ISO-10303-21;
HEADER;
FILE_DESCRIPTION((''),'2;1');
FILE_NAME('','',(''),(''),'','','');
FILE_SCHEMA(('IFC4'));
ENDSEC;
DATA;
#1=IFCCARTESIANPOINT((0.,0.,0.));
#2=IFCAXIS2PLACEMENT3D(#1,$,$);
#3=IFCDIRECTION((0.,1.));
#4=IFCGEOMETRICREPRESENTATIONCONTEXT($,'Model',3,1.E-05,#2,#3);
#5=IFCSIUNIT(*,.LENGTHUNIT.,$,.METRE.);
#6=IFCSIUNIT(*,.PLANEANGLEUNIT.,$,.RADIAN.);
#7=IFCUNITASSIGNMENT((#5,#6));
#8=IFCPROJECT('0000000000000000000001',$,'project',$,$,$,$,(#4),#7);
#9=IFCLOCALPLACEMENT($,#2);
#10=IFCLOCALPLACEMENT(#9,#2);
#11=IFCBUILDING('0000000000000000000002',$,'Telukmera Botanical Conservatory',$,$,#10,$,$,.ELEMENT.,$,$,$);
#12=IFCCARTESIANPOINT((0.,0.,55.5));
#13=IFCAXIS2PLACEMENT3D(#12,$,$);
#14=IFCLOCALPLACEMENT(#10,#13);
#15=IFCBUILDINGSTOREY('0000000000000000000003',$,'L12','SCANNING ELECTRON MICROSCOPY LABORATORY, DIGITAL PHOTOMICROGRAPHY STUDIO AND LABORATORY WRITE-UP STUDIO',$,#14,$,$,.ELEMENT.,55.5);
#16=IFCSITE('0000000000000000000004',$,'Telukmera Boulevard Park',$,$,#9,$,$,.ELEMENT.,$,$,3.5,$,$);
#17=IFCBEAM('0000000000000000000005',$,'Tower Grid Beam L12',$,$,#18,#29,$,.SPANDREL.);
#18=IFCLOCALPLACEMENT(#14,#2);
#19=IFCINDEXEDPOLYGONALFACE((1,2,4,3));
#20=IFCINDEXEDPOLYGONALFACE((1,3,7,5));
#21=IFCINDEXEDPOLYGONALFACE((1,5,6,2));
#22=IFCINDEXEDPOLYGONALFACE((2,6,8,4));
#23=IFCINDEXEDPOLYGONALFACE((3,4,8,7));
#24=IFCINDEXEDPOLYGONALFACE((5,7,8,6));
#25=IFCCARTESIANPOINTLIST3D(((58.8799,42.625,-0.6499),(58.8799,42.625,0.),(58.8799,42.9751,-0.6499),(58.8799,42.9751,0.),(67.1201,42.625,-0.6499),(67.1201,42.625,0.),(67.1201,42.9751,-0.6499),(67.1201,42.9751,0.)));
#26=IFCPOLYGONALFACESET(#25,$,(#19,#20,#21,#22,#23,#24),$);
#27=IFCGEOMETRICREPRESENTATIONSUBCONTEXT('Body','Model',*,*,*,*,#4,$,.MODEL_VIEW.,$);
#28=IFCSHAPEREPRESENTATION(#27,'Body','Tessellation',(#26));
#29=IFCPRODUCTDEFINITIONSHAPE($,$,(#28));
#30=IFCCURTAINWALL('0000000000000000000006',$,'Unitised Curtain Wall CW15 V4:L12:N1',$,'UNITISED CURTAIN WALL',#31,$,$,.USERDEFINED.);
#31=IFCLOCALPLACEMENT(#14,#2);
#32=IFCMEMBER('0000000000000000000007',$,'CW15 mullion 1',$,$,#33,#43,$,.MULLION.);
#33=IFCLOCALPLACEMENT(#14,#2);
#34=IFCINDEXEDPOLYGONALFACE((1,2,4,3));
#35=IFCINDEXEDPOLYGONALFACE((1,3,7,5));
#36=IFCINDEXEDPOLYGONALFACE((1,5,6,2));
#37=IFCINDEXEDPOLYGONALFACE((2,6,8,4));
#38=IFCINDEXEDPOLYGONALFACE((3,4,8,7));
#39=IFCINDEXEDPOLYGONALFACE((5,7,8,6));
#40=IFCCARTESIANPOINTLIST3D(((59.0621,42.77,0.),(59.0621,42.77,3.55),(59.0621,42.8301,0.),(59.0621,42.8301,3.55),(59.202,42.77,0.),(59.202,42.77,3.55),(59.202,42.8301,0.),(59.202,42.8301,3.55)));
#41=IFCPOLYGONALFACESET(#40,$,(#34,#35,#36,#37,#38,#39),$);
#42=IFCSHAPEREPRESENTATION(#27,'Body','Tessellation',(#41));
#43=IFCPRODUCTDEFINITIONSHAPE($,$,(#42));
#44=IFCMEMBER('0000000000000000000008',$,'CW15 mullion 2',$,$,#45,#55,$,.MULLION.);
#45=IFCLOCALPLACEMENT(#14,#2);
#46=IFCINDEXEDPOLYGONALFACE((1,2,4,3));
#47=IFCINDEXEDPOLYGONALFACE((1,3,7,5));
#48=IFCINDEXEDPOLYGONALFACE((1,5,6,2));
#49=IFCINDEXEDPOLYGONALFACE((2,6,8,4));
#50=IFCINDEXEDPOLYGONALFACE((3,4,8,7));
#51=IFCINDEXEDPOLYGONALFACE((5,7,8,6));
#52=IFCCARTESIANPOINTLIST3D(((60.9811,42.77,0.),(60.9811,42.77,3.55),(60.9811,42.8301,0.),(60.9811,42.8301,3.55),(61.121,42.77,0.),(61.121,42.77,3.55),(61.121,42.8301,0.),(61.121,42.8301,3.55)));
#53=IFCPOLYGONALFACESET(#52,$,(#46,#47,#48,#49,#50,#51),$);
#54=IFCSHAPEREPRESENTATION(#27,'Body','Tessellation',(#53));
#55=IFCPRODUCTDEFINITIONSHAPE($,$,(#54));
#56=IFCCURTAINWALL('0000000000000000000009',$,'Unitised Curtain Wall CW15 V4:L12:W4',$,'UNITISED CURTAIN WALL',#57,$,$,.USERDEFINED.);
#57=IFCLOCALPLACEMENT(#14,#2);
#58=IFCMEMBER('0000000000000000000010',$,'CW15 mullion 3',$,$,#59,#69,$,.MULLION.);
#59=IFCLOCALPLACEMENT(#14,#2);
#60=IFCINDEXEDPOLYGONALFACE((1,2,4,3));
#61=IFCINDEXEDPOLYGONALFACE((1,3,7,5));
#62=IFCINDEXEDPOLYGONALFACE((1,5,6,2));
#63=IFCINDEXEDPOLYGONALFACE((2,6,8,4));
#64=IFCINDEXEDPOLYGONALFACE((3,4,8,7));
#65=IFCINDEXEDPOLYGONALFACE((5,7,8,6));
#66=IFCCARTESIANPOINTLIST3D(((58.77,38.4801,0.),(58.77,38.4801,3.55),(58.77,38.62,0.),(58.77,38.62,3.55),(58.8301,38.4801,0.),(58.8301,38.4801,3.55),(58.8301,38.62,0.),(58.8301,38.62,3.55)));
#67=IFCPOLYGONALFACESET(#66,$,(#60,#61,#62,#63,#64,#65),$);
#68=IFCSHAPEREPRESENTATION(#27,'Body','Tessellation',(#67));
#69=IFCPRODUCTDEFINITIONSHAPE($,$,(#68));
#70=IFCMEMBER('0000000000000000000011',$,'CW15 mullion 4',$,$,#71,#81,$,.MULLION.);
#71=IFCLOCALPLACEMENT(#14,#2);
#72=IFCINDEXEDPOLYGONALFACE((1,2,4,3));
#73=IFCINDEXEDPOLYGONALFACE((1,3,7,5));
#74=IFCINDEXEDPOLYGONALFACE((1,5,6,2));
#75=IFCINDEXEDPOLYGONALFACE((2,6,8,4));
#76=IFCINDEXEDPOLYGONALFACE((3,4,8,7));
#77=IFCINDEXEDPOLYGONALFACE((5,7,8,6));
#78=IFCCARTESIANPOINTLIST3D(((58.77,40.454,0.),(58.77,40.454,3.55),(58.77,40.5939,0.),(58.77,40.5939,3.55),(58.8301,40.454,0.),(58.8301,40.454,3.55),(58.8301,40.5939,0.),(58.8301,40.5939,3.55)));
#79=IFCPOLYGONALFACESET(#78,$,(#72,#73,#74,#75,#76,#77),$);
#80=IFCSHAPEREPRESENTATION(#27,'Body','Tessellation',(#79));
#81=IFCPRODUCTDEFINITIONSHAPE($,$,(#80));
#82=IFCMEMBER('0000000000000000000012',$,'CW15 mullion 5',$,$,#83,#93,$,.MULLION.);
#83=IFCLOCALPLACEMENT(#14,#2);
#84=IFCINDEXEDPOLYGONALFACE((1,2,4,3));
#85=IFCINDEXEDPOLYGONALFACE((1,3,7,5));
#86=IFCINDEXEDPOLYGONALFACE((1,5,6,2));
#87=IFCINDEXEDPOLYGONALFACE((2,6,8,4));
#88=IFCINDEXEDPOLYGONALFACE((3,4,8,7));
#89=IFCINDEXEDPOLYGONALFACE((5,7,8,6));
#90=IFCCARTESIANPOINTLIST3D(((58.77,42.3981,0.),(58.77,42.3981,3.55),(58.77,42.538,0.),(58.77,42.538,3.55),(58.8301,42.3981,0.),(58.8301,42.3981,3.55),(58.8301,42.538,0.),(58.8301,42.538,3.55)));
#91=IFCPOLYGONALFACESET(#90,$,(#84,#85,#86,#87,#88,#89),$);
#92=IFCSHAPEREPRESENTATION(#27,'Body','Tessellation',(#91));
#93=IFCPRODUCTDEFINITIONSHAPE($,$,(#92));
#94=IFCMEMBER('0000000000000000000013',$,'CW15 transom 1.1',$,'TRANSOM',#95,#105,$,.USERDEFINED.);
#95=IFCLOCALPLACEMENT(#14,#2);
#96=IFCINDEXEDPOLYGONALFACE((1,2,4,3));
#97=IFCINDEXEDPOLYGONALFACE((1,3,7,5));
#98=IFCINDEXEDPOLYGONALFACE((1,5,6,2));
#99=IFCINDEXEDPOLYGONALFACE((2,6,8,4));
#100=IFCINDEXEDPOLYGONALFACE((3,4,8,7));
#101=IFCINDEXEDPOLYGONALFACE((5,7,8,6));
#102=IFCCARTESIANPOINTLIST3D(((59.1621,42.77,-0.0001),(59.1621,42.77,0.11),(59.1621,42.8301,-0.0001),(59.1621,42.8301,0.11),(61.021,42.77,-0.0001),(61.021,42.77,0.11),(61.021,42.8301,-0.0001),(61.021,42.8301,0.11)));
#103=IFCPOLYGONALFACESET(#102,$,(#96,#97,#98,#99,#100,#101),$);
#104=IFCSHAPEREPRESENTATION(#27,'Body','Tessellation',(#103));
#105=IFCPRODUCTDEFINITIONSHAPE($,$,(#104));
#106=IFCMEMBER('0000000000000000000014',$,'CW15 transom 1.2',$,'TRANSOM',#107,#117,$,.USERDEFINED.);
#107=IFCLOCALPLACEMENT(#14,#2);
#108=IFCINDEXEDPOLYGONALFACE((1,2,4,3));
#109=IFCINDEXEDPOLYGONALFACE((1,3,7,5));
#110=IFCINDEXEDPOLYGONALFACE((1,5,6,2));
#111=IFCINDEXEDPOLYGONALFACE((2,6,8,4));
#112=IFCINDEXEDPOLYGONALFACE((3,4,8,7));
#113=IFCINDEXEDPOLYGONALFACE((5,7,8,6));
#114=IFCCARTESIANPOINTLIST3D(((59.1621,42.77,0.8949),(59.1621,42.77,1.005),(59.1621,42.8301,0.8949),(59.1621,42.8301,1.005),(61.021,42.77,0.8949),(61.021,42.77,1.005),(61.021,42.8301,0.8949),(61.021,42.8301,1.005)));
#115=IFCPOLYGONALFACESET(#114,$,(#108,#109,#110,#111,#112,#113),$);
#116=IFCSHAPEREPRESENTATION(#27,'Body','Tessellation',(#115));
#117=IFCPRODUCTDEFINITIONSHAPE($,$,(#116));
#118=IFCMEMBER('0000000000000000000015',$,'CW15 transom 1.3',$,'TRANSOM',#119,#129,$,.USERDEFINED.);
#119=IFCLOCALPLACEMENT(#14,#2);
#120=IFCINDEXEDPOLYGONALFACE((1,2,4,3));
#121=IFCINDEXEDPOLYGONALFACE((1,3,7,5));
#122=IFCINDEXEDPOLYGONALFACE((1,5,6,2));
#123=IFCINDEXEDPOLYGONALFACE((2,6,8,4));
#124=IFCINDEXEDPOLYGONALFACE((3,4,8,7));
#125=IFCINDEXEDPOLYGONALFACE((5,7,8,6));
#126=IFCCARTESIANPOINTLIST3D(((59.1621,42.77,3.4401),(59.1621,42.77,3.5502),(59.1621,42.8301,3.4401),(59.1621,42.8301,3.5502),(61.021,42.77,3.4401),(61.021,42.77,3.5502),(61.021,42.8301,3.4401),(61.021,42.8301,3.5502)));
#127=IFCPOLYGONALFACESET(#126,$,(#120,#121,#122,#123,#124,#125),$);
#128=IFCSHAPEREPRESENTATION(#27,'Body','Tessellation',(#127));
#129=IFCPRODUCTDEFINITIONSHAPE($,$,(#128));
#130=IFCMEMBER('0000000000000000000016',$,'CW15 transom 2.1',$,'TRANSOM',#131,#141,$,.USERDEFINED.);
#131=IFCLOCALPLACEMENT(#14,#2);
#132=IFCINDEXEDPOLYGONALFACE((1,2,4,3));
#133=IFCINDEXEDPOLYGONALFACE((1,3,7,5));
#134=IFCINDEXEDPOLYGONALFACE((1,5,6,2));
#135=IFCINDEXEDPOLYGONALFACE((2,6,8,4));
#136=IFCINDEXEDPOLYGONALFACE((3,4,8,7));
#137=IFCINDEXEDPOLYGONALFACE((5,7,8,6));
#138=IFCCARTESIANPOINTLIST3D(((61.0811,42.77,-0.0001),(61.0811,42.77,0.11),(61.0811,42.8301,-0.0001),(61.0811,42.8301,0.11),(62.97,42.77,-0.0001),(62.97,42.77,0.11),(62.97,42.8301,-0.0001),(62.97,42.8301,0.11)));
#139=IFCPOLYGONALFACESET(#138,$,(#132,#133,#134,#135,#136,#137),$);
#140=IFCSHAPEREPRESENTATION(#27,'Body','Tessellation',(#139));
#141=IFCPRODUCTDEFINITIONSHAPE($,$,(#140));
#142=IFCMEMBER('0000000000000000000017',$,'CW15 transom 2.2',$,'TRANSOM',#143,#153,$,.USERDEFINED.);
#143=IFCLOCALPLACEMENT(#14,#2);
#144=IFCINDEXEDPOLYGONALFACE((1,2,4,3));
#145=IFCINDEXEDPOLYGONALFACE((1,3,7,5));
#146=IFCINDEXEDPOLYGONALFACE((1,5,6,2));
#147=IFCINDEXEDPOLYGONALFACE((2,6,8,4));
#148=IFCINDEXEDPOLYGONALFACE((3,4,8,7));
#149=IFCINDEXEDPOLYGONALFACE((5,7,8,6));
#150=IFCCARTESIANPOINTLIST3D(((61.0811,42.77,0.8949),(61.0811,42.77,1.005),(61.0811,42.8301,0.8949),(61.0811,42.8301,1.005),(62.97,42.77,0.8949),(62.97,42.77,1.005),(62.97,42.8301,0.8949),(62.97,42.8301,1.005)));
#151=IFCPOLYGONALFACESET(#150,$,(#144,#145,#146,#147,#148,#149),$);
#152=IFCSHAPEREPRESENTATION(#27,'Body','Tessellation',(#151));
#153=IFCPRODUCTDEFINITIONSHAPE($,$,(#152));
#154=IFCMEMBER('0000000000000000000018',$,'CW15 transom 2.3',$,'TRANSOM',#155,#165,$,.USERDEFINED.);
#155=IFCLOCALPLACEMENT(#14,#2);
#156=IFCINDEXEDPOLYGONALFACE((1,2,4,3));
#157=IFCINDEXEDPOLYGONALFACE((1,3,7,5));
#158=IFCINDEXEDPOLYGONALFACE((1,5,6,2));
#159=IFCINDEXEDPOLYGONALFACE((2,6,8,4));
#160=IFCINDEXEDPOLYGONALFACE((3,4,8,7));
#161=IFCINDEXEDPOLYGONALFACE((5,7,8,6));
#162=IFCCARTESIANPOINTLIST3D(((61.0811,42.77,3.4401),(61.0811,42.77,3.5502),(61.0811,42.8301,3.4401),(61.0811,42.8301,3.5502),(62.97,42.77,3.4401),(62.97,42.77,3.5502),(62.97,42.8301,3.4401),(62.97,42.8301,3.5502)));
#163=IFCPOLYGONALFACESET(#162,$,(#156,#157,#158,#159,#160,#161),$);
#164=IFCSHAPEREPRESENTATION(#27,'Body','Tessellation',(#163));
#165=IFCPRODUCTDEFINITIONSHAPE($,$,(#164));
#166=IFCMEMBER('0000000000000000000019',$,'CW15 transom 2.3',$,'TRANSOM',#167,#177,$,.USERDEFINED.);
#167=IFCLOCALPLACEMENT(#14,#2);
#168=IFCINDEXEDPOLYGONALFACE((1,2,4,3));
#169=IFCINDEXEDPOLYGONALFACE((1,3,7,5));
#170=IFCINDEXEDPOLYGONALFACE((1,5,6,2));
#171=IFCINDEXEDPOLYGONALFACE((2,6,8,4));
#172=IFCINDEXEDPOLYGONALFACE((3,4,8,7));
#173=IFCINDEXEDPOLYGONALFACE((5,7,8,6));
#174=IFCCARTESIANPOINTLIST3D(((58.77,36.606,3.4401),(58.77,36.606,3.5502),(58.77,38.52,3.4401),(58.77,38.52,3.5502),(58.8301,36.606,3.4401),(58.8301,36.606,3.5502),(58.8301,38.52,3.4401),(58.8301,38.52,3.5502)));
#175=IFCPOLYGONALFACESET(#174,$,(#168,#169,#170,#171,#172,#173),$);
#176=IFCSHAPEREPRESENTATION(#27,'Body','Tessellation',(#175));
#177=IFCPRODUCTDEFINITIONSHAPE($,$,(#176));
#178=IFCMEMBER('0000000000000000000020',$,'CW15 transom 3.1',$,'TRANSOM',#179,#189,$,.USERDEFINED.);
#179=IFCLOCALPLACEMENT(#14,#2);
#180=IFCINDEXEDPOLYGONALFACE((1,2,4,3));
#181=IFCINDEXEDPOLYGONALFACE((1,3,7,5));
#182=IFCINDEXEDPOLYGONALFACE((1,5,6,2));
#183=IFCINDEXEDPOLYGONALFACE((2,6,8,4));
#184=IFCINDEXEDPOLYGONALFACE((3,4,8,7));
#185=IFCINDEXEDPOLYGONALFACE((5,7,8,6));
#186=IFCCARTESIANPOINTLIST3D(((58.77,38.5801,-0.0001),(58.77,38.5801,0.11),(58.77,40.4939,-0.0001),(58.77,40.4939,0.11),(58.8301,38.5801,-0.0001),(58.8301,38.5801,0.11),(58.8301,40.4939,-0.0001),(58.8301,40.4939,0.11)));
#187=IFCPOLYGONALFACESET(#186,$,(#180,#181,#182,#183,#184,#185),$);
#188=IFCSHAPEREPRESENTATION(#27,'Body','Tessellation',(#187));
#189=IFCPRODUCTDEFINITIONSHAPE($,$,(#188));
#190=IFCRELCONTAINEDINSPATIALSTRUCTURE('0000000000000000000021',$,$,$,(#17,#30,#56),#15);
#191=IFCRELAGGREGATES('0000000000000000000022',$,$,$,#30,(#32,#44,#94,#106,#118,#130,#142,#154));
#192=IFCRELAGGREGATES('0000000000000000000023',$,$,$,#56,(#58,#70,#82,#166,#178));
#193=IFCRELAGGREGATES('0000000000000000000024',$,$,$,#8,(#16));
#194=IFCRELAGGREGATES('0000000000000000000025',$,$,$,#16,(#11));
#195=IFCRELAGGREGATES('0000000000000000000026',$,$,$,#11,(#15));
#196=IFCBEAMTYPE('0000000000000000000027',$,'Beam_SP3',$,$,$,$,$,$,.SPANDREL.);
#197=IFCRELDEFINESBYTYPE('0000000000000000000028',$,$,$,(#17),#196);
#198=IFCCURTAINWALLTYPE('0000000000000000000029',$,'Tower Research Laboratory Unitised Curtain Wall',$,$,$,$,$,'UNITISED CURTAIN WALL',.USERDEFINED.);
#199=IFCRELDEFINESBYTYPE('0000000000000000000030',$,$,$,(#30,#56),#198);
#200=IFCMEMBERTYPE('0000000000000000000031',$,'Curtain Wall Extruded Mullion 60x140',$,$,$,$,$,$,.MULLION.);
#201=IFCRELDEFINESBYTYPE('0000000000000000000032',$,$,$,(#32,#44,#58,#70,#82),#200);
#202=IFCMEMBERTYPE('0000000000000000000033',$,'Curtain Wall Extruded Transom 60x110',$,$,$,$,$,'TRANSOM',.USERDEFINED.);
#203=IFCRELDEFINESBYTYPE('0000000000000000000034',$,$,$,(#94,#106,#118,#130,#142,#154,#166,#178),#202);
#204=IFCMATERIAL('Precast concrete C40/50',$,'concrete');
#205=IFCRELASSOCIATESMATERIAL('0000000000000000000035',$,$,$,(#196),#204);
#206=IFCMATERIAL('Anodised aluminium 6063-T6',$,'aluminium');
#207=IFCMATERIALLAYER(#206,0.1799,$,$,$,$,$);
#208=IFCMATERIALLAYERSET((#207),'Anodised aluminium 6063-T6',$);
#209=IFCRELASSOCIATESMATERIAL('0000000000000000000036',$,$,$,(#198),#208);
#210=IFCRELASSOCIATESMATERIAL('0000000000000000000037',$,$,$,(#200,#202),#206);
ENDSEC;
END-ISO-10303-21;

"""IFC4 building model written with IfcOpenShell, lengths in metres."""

from ifc_helpers import new_model, si_unit, direction, frame, origin, origin_2d, place, context, subcontext, project, spatial, rectangle, extrude, material, layer, layer_set, material_profile, profile_set, type_object, element, aggregate, save


model = new_model("IFC4")

# Units and contexts
model_context = context("Model", 3, precision=1e-05, world=origin(), true_north=direction((0.0, 1.0)))
body_context = subcontext(model_context, "Body", "Model", "MODEL_VIEW")
ifc_project = project(units=[si_unit("LENGTHUNIT", "METRE"), si_unit("PLANEANGLEUNIT", "RADIAN")], contexts=[model_context])

# Site, building, storey
site_placement = place(None, origin())
site = spatial("IfcSite", under=ifc_project, at=site_placement, Name="Telukmera Boulevard Park", CompositionType="ELEMENT", RefElevation=3.5)
building_placement = place(site_placement, origin())
building = spatial("IfcBuilding", under=site, at=building_placement, Name="Telukmera Botanical Conservatory", CompositionType="ELEMENT")
storey_placement = place(building_placement, frame((0.0, 0.0, 55.5)))
storey = spatial("IfcBuildingStorey", under=building, at=storey_placement, Name="L12", Description="SCANNING ELECTRON MICROSCOPY LABORATORY, DIGITAL PHOTOMICROGRAPHY STUDIO AND LABORATORY WRITE-UP STUDIO", CompositionType="ELEMENT", Elevation=55.5)

# Beam
ifc_material_1 = material(Name="Precast concrete C40/50", Category="concrete")
ifc_material_profile_1 = material_profile(ifc_material_1, rectangle(XDim=0.3501, YDim=0.6499, at=origin_2d()), Name="PC 350x650")
ifc_profile_set_1 = profile_set([ifc_material_profile_1], Name="Precast concrete C40/50")
beam_type = type_object("IfcBeamType", Name="Beam_SP3", PredefinedType="SPANDREL", material=ifc_profile_set_1)
beam_placement = place(storey_placement, frame((58.8799, 42.8, -0.325), z_axis=(1.0, 0.0, 0.0), x_axis=(0.0, 1.0, 0.0)))
element("IfcBeam", 1, at=beam_placement, inside=storey, type_object=beam_type, Name="Tower Grid Beam L12", PredefinedType="SPANDREL", context=body_context, shape_type="SweptSolid", body=[
    extrude(rectangle(XDim=0.3501, YDim=0.6499, at=origin_2d()), origin(), (0.0, 0.0, 1.0), 8.2402),
])

# Curtain walls, members
ifc_material_2 = material(Name="Anodised aluminium 6063-T6", Category="aluminium")
ifc_layer_1 = layer(ifc_material_2, 0.1799)
ifc_layer_set_1 = layer_set([ifc_layer_1], Name="Anodised aluminium 6063-T6")
curtain_wall_type = type_object("IfcCurtainWallType", Name="Tower Research Laboratory Unitised Curtain Wall", ElementType="UNITISED CURTAIN WALL", PredefinedType="USERDEFINED", material=ifc_layer_set_1)
curtain_wall_1_placement = place(storey_placement, origin())
curtain_wall_1 = element("IfcCurtainWall", 2, at=curtain_wall_1_placement, inside=storey, type_object=curtain_wall_type, Name="Unitised Curtain Wall CW15 V4:L12:N1", ObjectType="UNITISED CURTAIN WALL", PredefinedType="USERDEFINED")
ifc_material_profile_2 = material_profile(ifc_material_2, rectangle(XDim=0.0601, YDim=0.1399, at=origin_2d()), Name="ALU MULL 60x140")
ifc_profile_set_2 = profile_set([ifc_material_profile_2], Name="Anodised aluminium 6063-T6")
member_type_1 = type_object("IfcMemberType", Name="Curtain Wall Extruded Mullion 60x140", PredefinedType="MULLION", material=ifc_profile_set_2)
member_1_placement = place(storey_placement, frame((59.1321, 42.8, 0.0), z_axis=(0.0, 0.0, 1.0), x_axis=(0.0, 1.0, 0.0)))
member_1 = element("IfcMember", 3, at=member_1_placement, type_object=member_type_1, Name="CW15 mullion 1", PredefinedType="MULLION", context=body_context, shape_type="SweptSolid", body=[
    extrude(rectangle(XDim=0.0601, YDim=0.1399, at=origin_2d()), origin(), (0.0, 0.0, 1.0), 3.55),
])
member_2_placement = place(storey_placement, frame((61.051, 42.8, 0.0), z_axis=(0.0, 0.0, 1.0), x_axis=(0.0, 1.0, 0.0)))
member_2 = element("IfcMember", 4, at=member_2_placement, type_object=member_type_1, Name="CW15 mullion 2", PredefinedType="MULLION", context=body_context, shape_type="SweptSolid", body=[
    extrude(rectangle(XDim=0.0601, YDim=0.1399, at=origin_2d()), origin(), (0.0, 0.0, 1.0), 3.55),
])
curtain_wall_2_placement = place(storey_placement, origin())
curtain_wall_2 = element("IfcCurtainWall", 5, at=curtain_wall_2_placement, inside=storey, type_object=curtain_wall_type, Name="Unitised Curtain Wall CW15 V4:L12:W4", ObjectType="UNITISED CURTAIN WALL", PredefinedType="USERDEFINED")
member_3_placement = place(storey_placement, frame((58.8, 38.55, 0.0), z_axis=(0.0, 0.0, 1.0), x_axis=(-1.0, 0.0, 0.0)))
member_3 = element("IfcMember", 6, at=member_3_placement, type_object=member_type_1, Name="CW15 mullion 3", PredefinedType="MULLION", context=body_context, shape_type="SweptSolid", body=[
    extrude(rectangle(XDim=0.0601, YDim=0.1399, at=origin_2d()), origin(), (0.0, 0.0, 1.0), 3.55),
])
member_4_placement = place(storey_placement, frame((58.8, 40.5239, 0.0), z_axis=(0.0, 0.0, 1.0), x_axis=(-1.0, 0.0, 0.0)))
member_4 = element("IfcMember", 7, at=member_4_placement, type_object=member_type_1, Name="CW15 mullion 4", PredefinedType="MULLION", context=body_context, shape_type="SweptSolid", body=[
    extrude(rectangle(XDim=0.0601, YDim=0.1399, at=origin_2d()), origin(), (0.0, 0.0, 1.0), 3.55),
])
member_5_placement = place(storey_placement, frame((58.8, 42.468, 0.0), z_axis=(0.0, 0.0, 1.0), x_axis=(-1.0, 0.0, 0.0)))
member_5 = element("IfcMember", 8, at=member_5_placement, type_object=member_type_1, Name="CW15 mullion 5", PredefinedType="MULLION", context=body_context, shape_type="SweptSolid", body=[
    extrude(rectangle(XDim=0.0601, YDim=0.1399, at=origin_2d()), origin(), (0.0, 0.0, 1.0), 3.55),
])

# Members
ifc_material_profile_3 = material_profile(ifc_material_2, rectangle(XDim=0.0601, YDim=0.1101, at=origin_2d()), Name="ALU TRAN 60x110")
ifc_profile_set_3 = profile_set([ifc_material_profile_3], Name="Anodised aluminium 6063-T6")
member_type_2 = type_object("IfcMemberType", Name="Curtain Wall Extruded Transom 60x110", ElementType="TRANSOM", PredefinedType="USERDEFINED", material=ifc_profile_set_3)
member_6_placement = place(storey_placement, frame((59.1621, 42.8, 0.0549), z_axis=(1.0, 0.0, 0.0), x_axis=(0.0, 1.0, 0.0)))
member_6 = element("IfcMember", 9, at=member_6_placement, type_object=member_type_2, Name="CW15 transom 1.1", ObjectType="TRANSOM", PredefinedType="USERDEFINED", context=body_context, shape_type="SweptSolid", body=[
    extrude(rectangle(XDim=0.0601, YDim=0.1101, at=origin_2d()), origin(), (0.0, 0.0, 1.0), 1.8589),
])
member_7_placement = place(storey_placement, frame((59.1621, 42.8, 0.95), z_axis=(1.0, 0.0, 0.0), x_axis=(0.0, 1.0, 0.0)))
member_7 = element("IfcMember", 10, at=member_7_placement, type_object=member_type_2, Name="CW15 transom 1.2", ObjectType="TRANSOM", PredefinedType="USERDEFINED", context=body_context, shape_type="SweptSolid", body=[
    extrude(rectangle(XDim=0.0601, YDim=0.1101, at=origin_2d()), origin(), (0.0, 0.0, 1.0), 1.8589),
])
member_8_placement = place(storey_placement, frame((59.1621, 42.8, 3.4951), z_axis=(1.0, 0.0, 0.0), x_axis=(0.0, 1.0, 0.0)))
member_8 = element("IfcMember", 11, at=member_8_placement, type_object=member_type_2, Name="CW15 transom 1.3", ObjectType="TRANSOM", PredefinedType="USERDEFINED", context=body_context, shape_type="SweptSolid", body=[
    extrude(rectangle(XDim=0.0601, YDim=0.1101, at=origin_2d()), origin(), (0.0, 0.0, 1.0), 1.8589),
])
member_9_placement = place(storey_placement, frame((61.0811, 42.8, 0.0549), z_axis=(1.0, 0.0, 0.0), x_axis=(0.0, 1.0, 0.0)))
member_9 = element("IfcMember", 12, at=member_9_placement, type_object=member_type_2, Name="CW15 transom 2.1", ObjectType="TRANSOM", PredefinedType="USERDEFINED", context=body_context, shape_type="SweptSolid", body=[
    extrude(rectangle(XDim=0.0601, YDim=0.1101, at=origin_2d()), origin(), (0.0, 0.0, 1.0), 1.8889),
])
member_10_placement = place(storey_placement, frame((61.0811, 42.8, 0.95), z_axis=(1.0, 0.0, 0.0), x_axis=(0.0, 1.0, 0.0)))
member_10 = element("IfcMember", 13, at=member_10_placement, type_object=member_type_2, Name="CW15 transom 2.2", ObjectType="TRANSOM", PredefinedType="USERDEFINED", context=body_context, shape_type="SweptSolid", body=[
    extrude(rectangle(XDim=0.0601, YDim=0.1101, at=origin_2d()), origin(), (0.0, 0.0, 1.0), 1.8889),
])
member_11_placement = place(storey_placement, frame((61.0811, 42.8, 3.4951), z_axis=(1.0, 0.0, 0.0), x_axis=(0.0, 1.0, 0.0)))
member_11 = element("IfcMember", 14, at=member_11_placement, type_object=member_type_2, Name="CW15 transom 2.3", ObjectType="TRANSOM", PredefinedType="USERDEFINED", context=body_context, shape_type="SweptSolid", body=[
    extrude(rectangle(XDim=0.0601, YDim=0.1101, at=origin_2d()), origin(), (0.0, 0.0, 1.0), 1.8889),
])
member_12_placement = place(storey_placement, frame((58.8, 36.606, 3.4951), z_axis=(0.0, 1.0, 0.0), x_axis=(-1.0, 0.0, 0.0)))
member_12 = element("IfcMember", 15, at=member_12_placement, type_object=member_type_2, Name="CW15 transom 2.3", ObjectType="TRANSOM", PredefinedType="USERDEFINED", context=body_context, shape_type="SweptSolid", body=[
    extrude(rectangle(XDim=0.0601, YDim=0.1101, at=origin_2d()), origin(), (0.0, 0.0, 1.0), 1.9141),
])
member_13_placement = place(storey_placement, frame((58.8, 38.5801, 0.0549), z_axis=(0.0, 1.0, 0.0), x_axis=(-1.0, 0.0, 0.0)))
member_13 = element("IfcMember", 16, at=member_13_placement, type_object=member_type_2, Name="CW15 transom 3.1", ObjectType="TRANSOM", PredefinedType="USERDEFINED", context=body_context, shape_type="SweptSolid", body=[
    extrude(rectangle(XDim=0.0601, YDim=0.1101, at=origin_2d()), origin(), (0.0, 0.0, 1.0), 1.9138),
])

aggregate(curtain_wall_1, [member_1, member_2, member_6, member_7, member_8, member_9, member_10, member_11])
aggregate(curtain_wall_2, [member_3, member_4, member_5, member_12, member_13])

save(model, "model.ifc")
